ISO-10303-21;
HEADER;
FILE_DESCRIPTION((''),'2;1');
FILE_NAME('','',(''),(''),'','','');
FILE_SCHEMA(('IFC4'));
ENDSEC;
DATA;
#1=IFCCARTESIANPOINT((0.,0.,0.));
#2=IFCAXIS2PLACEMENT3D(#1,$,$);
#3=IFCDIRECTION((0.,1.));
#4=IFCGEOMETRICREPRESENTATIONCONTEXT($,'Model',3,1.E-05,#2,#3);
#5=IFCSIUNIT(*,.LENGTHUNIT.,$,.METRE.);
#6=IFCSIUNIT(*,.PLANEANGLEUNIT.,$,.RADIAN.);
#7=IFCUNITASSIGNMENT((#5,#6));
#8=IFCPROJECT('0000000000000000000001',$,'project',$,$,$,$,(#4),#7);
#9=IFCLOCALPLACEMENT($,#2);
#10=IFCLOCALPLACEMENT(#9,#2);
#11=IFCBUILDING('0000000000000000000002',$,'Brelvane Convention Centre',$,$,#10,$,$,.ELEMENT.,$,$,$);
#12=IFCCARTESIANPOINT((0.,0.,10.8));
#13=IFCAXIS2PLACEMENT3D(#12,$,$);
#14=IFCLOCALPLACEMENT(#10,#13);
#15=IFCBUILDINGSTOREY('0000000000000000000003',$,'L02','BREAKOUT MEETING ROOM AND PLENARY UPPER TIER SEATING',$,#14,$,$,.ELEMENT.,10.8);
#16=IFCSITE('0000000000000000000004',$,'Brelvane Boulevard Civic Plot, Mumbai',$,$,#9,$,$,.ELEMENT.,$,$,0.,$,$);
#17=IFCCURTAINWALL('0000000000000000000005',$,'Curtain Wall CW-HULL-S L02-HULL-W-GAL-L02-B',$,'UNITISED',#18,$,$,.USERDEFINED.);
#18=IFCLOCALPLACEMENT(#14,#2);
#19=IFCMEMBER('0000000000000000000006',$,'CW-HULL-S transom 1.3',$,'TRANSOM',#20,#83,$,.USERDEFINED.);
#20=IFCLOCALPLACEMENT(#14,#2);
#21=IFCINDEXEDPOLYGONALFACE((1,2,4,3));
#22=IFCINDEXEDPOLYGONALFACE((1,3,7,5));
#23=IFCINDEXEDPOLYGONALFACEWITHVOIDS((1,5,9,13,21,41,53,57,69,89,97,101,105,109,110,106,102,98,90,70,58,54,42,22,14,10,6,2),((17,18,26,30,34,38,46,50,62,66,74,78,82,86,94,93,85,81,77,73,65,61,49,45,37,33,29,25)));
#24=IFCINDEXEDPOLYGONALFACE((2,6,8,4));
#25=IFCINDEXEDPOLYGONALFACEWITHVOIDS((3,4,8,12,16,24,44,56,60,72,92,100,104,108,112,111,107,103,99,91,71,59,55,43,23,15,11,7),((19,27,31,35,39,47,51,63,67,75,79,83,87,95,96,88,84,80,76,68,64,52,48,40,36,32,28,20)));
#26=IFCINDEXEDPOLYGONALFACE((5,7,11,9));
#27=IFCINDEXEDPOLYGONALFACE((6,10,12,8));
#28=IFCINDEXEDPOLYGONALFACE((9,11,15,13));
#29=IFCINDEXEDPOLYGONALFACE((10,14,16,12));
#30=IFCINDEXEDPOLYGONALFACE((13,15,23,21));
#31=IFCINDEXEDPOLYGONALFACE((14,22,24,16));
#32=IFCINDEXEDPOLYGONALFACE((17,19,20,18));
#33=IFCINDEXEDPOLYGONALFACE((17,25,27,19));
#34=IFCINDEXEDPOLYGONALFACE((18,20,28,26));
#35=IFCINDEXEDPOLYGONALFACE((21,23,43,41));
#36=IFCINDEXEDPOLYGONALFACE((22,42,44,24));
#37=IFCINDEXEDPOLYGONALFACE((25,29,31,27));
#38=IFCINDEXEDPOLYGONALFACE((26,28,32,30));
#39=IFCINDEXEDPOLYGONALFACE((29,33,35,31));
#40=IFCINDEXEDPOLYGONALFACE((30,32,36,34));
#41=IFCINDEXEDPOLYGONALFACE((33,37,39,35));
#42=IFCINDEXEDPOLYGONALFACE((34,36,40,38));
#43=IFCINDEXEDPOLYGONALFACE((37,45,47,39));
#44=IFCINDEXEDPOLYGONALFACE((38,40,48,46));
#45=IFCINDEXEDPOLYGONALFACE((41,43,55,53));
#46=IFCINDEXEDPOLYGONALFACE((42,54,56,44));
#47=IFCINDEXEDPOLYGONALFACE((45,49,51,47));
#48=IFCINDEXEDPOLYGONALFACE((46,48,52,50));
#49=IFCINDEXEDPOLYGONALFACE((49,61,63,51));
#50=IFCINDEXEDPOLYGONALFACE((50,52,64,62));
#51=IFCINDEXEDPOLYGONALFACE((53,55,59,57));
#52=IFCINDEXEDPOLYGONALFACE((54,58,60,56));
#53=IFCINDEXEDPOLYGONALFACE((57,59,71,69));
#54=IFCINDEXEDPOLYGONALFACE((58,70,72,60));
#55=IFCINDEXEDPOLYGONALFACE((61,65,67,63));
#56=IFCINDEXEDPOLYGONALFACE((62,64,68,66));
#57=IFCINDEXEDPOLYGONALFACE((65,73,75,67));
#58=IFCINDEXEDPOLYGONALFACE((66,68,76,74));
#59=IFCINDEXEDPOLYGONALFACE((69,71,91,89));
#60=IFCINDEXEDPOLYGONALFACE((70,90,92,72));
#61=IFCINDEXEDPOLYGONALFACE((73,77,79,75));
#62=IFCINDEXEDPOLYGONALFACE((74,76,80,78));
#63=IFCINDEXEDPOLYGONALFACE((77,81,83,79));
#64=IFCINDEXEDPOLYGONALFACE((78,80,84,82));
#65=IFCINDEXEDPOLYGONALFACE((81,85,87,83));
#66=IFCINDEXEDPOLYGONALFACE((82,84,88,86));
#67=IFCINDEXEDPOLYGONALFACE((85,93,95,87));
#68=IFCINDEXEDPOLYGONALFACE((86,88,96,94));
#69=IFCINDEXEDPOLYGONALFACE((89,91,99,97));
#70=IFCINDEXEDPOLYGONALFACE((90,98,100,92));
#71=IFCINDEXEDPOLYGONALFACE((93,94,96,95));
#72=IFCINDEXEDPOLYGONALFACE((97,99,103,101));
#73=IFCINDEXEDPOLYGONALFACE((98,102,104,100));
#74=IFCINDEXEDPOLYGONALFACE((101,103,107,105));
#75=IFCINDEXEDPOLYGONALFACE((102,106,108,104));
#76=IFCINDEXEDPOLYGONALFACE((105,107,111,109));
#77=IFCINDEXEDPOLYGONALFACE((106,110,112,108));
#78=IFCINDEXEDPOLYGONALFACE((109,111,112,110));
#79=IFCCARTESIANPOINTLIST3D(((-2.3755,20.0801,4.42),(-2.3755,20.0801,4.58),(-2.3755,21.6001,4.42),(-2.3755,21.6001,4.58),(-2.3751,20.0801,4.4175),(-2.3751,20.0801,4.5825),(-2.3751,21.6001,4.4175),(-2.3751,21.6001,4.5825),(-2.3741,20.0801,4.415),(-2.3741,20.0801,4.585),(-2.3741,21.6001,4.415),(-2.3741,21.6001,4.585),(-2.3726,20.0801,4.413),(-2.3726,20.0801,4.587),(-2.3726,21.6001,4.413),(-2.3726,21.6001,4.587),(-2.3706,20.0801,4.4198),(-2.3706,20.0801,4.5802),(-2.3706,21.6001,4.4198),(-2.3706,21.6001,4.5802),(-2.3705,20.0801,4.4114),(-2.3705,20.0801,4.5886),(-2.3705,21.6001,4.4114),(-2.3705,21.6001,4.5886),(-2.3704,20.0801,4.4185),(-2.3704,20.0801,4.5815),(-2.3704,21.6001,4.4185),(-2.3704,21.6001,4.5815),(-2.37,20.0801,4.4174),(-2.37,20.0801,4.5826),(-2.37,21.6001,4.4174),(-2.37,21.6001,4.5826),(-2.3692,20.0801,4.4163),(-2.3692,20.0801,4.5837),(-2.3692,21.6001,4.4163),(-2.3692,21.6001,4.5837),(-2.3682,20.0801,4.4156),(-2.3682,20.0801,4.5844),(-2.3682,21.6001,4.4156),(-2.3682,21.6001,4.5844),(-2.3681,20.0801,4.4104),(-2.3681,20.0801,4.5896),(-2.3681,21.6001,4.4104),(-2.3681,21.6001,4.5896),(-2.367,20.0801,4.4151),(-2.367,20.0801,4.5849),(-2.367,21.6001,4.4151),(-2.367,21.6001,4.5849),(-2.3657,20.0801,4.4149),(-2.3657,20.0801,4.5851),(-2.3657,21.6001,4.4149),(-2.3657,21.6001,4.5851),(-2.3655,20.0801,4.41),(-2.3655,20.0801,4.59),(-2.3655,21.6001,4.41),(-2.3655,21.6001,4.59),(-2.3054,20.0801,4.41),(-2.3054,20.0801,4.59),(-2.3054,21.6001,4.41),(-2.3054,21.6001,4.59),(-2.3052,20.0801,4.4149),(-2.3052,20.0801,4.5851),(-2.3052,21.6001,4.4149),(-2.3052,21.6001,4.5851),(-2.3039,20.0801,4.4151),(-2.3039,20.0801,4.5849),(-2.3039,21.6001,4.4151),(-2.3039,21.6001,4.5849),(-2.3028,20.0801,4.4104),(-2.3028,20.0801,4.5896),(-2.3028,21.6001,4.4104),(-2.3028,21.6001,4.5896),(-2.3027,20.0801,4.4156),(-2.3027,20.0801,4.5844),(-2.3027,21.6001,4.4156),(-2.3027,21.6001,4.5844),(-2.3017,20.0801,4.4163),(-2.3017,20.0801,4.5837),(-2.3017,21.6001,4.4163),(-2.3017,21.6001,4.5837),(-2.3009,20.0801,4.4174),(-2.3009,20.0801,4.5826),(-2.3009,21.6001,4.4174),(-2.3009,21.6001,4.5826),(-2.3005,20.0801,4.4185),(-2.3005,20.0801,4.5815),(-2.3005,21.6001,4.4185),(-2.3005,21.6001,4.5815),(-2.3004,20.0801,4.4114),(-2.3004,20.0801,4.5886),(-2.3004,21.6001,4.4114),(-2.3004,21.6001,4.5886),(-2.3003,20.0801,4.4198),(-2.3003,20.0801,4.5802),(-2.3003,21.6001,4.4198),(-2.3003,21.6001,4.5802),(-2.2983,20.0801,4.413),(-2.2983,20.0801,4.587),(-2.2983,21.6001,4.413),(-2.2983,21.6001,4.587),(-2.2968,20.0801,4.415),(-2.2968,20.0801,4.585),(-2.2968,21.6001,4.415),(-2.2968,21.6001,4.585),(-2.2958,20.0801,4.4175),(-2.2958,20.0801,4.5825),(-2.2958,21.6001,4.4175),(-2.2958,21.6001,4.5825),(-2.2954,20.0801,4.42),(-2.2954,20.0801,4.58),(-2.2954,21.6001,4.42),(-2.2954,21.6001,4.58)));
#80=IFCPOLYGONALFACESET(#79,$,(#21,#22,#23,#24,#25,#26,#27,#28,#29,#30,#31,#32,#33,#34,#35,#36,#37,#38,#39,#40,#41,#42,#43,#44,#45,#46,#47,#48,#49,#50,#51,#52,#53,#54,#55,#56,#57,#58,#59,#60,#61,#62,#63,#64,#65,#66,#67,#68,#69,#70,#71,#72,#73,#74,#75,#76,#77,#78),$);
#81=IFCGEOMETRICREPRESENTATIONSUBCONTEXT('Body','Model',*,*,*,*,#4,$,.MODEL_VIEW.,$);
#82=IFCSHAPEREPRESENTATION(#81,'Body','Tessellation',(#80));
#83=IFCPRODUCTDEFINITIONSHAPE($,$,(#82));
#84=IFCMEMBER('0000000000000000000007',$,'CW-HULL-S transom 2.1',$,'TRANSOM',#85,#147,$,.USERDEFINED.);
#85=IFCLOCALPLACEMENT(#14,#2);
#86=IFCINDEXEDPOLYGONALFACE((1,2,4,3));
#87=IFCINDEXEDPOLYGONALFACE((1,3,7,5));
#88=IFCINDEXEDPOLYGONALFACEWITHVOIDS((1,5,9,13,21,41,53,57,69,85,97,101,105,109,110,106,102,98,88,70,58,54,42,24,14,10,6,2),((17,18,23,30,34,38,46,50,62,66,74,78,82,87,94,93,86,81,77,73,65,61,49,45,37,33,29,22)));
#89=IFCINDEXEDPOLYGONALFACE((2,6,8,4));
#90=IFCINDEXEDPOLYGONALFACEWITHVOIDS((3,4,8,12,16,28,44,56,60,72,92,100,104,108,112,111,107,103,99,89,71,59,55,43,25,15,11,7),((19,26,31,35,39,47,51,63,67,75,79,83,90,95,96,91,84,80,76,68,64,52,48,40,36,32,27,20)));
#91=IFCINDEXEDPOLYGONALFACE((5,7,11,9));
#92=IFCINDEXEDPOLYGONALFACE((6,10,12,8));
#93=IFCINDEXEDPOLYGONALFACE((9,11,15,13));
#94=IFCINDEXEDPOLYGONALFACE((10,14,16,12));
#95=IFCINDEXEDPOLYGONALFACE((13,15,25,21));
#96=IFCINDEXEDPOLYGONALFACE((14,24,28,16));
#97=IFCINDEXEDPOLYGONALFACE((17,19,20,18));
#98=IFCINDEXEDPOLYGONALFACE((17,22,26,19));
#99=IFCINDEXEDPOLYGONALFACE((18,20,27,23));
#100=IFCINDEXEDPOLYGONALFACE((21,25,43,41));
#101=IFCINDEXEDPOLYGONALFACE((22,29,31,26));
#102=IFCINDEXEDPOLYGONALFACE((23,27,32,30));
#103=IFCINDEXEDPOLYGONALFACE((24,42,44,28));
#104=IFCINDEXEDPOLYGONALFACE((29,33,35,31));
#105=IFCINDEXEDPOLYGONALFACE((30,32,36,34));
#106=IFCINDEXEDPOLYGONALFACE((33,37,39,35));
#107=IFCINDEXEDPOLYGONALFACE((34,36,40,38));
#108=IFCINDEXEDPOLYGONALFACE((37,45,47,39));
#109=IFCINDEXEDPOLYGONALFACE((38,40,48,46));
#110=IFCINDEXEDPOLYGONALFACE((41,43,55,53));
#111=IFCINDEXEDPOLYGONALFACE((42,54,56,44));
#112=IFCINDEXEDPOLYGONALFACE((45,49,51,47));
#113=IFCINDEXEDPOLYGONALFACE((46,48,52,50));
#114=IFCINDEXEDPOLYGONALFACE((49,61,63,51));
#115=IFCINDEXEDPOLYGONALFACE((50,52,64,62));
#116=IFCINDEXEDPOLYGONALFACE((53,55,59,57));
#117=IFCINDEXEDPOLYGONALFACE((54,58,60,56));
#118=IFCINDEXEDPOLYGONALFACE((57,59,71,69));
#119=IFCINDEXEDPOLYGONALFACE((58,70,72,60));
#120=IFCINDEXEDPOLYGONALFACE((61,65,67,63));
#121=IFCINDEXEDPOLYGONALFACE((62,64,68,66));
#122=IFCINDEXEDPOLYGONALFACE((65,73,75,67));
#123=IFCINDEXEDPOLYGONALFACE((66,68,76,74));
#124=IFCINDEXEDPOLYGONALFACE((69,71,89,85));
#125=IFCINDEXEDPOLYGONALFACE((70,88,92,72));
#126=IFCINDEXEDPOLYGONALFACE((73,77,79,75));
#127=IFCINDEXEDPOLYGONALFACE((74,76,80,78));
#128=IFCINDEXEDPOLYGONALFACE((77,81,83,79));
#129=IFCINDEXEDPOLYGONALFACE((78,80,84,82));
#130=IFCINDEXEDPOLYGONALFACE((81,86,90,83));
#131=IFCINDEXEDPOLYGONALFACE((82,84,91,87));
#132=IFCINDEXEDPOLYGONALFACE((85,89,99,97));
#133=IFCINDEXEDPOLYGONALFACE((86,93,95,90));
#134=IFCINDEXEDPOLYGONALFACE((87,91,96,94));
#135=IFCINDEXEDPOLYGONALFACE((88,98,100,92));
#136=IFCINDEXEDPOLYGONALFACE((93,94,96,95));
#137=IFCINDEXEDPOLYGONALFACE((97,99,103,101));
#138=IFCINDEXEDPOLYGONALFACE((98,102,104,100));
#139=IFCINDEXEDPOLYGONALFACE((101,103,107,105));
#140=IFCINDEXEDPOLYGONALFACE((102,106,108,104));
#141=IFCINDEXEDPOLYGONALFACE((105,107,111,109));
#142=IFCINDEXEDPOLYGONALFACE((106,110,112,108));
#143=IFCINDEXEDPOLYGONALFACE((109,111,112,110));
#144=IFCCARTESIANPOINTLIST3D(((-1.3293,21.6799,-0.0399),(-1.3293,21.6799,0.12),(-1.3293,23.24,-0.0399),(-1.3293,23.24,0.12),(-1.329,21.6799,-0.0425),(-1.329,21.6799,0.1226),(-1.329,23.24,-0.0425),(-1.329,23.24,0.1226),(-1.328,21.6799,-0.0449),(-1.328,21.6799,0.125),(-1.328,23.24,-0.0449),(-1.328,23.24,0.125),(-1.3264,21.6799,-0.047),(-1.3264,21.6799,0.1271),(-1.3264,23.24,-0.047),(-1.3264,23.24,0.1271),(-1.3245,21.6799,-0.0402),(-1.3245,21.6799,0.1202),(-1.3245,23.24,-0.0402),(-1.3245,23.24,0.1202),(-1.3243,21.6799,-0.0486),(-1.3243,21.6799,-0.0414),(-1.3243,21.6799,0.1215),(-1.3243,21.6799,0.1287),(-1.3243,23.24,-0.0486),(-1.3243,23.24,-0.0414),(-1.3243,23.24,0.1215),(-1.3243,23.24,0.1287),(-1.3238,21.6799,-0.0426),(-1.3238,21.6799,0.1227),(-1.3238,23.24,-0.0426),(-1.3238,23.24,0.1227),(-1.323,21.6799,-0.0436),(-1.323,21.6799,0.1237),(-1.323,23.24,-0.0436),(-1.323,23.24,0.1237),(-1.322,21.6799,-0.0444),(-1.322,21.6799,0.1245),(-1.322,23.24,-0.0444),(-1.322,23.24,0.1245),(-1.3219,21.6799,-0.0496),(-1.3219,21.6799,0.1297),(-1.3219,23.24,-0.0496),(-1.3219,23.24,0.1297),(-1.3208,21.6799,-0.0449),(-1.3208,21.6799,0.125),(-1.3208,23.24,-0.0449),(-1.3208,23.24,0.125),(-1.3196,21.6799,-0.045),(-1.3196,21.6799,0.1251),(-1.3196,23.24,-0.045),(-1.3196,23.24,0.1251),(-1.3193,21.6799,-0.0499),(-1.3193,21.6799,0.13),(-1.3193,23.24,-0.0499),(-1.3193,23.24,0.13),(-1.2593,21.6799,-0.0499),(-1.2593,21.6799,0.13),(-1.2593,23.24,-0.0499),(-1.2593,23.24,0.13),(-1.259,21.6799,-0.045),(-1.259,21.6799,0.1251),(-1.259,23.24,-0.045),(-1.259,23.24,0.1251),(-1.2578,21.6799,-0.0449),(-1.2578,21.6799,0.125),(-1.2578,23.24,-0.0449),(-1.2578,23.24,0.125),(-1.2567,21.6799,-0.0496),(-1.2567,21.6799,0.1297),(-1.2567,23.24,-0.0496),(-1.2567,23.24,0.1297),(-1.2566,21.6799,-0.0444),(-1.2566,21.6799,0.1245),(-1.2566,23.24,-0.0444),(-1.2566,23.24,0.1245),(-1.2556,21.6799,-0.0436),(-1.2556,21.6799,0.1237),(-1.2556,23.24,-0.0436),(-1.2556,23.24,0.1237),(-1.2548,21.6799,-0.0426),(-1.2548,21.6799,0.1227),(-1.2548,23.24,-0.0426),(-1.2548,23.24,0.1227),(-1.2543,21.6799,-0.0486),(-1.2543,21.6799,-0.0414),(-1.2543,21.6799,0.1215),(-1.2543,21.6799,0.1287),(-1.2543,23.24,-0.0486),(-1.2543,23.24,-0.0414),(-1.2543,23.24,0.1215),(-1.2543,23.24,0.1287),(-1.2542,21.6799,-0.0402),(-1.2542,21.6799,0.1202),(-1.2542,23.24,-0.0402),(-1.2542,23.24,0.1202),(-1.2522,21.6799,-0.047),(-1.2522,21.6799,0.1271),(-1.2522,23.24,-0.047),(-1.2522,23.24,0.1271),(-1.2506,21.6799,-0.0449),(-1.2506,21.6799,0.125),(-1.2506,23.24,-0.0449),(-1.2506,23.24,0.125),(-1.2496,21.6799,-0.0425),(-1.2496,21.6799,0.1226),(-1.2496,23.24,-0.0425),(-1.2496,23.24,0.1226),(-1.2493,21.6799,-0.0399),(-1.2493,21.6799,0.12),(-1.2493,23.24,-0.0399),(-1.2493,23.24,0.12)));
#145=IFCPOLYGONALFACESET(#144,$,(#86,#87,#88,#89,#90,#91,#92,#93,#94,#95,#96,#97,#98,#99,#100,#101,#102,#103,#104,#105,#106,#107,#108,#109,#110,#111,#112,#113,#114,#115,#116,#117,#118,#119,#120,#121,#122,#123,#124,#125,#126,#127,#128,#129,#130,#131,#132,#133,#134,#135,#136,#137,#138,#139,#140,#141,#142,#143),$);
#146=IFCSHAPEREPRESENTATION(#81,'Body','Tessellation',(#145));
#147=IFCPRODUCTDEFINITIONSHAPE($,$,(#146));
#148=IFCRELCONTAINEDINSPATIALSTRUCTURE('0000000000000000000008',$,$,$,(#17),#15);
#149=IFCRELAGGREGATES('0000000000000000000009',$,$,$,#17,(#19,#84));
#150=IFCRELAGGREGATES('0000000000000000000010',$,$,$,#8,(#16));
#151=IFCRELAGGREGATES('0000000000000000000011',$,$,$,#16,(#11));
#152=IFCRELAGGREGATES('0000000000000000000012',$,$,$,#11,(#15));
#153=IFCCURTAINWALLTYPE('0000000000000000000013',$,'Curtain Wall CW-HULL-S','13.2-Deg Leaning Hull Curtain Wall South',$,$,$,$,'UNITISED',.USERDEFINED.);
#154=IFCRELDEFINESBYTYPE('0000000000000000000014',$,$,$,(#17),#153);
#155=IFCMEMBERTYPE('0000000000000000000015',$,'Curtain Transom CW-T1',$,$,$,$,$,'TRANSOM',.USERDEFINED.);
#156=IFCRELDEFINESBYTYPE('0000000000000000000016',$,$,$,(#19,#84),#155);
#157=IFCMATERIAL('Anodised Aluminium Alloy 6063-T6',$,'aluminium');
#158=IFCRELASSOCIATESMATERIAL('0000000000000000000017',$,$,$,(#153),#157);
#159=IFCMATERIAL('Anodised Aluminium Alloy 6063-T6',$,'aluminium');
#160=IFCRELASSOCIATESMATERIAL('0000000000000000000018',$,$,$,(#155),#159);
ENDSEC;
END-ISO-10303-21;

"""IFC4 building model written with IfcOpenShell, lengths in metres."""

from ifc_helpers import new_model, si_unit, direction, frame, origin, origin_2d, place, context, subcontext, project, spatial, hollow_rectangle, extrude, material, material_profile, profile_set, type_object, element, aggregate, save


model = new_model("IFC4")

# Units and contexts
model_context = context("Model", 3, precision=1e-05, world=origin(), true_north=direction((0.0, 1.0)))
body_context = subcontext(model_context, "Body", "Model", "MODEL_VIEW")
ifc_project = project(units=[si_unit("LENGTHUNIT", "METRE"), si_unit("PLANEANGLEUNIT", "RADIAN")], contexts=[model_context])

# Site, building, storey
site_placement = place(None, origin())
site = spatial("IfcSite", under=ifc_project, at=site_placement, Name="Brelvane Boulevard Civic Plot, Mumbai", CompositionType="ELEMENT", RefElevation=0.0)
building_placement = place(site_placement, origin())
building = spatial("IfcBuilding", under=site, at=building_placement, Name="Brelvane Convention Centre", CompositionType="ELEMENT")
storey_placement = place(building_placement, frame((0.0, 0.0, 10.8)))
storey = spatial("IfcBuildingStorey", under=building, at=storey_placement, Name="L02", Description="BREAKOUT MEETING ROOM AND PLENARY UPPER TIER SEATING", CompositionType="ELEMENT", Elevation=10.8)

# Curtain wall, members
ifc_material_1 = material(Name="Anodised Aluminium Alloy 6063-T6", Category="aluminium")
curtain_wall_type = type_object("IfcCurtainWallType", Name="Curtain Wall CW-HULL-S", Description="13.2-Deg Leaning Hull Curtain Wall South", ElementType="UNITISED", PredefinedType="USERDEFINED", material=ifc_material_1)
curtain_wall_placement = place(storey_placement, origin())
curtain_wall = element("IfcCurtainWall", 1, at=curtain_wall_placement, inside=storey, type_object=curtain_wall_type, Name="Curtain Wall CW-HULL-S L02-HULL-W-GAL-L02-B", ObjectType="UNITISED", PredefinedType="USERDEFINED")
ifc_material_2 = material(Name="Anodised Aluminium Alloy 6063-T6", Category="aluminium")
ifc_material_profile = material_profile(ifc_material_2, hollow_rectangle(XDim=0.0801, YDim=0.1799, WallThickness=0.0049, InnerFilletRadius=0.0049, OuterFilletRadius=0.01, at=origin_2d()), Name="ALU-T 180x80x5.0")
ifc_profile_set = profile_set([ifc_material_profile], Name="Anodised Aluminium Alloy 6063-T6")
member_type = type_object("IfcMemberType", Name="Curtain Transom CW-T1", ElementType="TRANSOM", PredefinedType="USERDEFINED", material=ifc_profile_set)
member_1_placement = place(storey_placement, frame((-2.3354, 20.0801, 4.5), z_axis=(0.0, 1.0, 0.0), x_axis=(-1.0, 0.0, 0.0)))
member_1 = element("IfcMember", 2, at=member_1_placement, type_object=member_type, Name="CW-HULL-S transom 1.3", ObjectType="TRANSOM", PredefinedType="USERDEFINED", context=body_context, shape_type="SweptSolid", body=[
    extrude(hollow_rectangle(XDim=0.0801, YDim=0.1799, WallThickness=0.0049, InnerFilletRadius=0.0049, OuterFilletRadius=0.01, at=origin_2d()), origin(), (0.0, 0.0, 1.0), 1.52),
])
member_2_placement = place(storey_placement, frame((-1.2893, 21.6799, 0.04), z_axis=(0.0, 1.0, 0.0), x_axis=(-1.0, 0.0, 0.0)))
member_2 = element("IfcMember", 3, at=member_2_placement, type_object=member_type, Name="CW-HULL-S transom 2.1", ObjectType="TRANSOM", PredefinedType="USERDEFINED", context=body_context, shape_type="SweptSolid", body=[
    extrude(hollow_rectangle(XDim=0.0801, YDim=0.1799, WallThickness=0.0049, InnerFilletRadius=0.0049, OuterFilletRadius=0.01, at=origin_2d()), origin(), (0.0, 0.0, 1.0), 1.5601),
])
aggregate(curtain_wall, [member_1, member_2])

save(model, "model.ifc")
